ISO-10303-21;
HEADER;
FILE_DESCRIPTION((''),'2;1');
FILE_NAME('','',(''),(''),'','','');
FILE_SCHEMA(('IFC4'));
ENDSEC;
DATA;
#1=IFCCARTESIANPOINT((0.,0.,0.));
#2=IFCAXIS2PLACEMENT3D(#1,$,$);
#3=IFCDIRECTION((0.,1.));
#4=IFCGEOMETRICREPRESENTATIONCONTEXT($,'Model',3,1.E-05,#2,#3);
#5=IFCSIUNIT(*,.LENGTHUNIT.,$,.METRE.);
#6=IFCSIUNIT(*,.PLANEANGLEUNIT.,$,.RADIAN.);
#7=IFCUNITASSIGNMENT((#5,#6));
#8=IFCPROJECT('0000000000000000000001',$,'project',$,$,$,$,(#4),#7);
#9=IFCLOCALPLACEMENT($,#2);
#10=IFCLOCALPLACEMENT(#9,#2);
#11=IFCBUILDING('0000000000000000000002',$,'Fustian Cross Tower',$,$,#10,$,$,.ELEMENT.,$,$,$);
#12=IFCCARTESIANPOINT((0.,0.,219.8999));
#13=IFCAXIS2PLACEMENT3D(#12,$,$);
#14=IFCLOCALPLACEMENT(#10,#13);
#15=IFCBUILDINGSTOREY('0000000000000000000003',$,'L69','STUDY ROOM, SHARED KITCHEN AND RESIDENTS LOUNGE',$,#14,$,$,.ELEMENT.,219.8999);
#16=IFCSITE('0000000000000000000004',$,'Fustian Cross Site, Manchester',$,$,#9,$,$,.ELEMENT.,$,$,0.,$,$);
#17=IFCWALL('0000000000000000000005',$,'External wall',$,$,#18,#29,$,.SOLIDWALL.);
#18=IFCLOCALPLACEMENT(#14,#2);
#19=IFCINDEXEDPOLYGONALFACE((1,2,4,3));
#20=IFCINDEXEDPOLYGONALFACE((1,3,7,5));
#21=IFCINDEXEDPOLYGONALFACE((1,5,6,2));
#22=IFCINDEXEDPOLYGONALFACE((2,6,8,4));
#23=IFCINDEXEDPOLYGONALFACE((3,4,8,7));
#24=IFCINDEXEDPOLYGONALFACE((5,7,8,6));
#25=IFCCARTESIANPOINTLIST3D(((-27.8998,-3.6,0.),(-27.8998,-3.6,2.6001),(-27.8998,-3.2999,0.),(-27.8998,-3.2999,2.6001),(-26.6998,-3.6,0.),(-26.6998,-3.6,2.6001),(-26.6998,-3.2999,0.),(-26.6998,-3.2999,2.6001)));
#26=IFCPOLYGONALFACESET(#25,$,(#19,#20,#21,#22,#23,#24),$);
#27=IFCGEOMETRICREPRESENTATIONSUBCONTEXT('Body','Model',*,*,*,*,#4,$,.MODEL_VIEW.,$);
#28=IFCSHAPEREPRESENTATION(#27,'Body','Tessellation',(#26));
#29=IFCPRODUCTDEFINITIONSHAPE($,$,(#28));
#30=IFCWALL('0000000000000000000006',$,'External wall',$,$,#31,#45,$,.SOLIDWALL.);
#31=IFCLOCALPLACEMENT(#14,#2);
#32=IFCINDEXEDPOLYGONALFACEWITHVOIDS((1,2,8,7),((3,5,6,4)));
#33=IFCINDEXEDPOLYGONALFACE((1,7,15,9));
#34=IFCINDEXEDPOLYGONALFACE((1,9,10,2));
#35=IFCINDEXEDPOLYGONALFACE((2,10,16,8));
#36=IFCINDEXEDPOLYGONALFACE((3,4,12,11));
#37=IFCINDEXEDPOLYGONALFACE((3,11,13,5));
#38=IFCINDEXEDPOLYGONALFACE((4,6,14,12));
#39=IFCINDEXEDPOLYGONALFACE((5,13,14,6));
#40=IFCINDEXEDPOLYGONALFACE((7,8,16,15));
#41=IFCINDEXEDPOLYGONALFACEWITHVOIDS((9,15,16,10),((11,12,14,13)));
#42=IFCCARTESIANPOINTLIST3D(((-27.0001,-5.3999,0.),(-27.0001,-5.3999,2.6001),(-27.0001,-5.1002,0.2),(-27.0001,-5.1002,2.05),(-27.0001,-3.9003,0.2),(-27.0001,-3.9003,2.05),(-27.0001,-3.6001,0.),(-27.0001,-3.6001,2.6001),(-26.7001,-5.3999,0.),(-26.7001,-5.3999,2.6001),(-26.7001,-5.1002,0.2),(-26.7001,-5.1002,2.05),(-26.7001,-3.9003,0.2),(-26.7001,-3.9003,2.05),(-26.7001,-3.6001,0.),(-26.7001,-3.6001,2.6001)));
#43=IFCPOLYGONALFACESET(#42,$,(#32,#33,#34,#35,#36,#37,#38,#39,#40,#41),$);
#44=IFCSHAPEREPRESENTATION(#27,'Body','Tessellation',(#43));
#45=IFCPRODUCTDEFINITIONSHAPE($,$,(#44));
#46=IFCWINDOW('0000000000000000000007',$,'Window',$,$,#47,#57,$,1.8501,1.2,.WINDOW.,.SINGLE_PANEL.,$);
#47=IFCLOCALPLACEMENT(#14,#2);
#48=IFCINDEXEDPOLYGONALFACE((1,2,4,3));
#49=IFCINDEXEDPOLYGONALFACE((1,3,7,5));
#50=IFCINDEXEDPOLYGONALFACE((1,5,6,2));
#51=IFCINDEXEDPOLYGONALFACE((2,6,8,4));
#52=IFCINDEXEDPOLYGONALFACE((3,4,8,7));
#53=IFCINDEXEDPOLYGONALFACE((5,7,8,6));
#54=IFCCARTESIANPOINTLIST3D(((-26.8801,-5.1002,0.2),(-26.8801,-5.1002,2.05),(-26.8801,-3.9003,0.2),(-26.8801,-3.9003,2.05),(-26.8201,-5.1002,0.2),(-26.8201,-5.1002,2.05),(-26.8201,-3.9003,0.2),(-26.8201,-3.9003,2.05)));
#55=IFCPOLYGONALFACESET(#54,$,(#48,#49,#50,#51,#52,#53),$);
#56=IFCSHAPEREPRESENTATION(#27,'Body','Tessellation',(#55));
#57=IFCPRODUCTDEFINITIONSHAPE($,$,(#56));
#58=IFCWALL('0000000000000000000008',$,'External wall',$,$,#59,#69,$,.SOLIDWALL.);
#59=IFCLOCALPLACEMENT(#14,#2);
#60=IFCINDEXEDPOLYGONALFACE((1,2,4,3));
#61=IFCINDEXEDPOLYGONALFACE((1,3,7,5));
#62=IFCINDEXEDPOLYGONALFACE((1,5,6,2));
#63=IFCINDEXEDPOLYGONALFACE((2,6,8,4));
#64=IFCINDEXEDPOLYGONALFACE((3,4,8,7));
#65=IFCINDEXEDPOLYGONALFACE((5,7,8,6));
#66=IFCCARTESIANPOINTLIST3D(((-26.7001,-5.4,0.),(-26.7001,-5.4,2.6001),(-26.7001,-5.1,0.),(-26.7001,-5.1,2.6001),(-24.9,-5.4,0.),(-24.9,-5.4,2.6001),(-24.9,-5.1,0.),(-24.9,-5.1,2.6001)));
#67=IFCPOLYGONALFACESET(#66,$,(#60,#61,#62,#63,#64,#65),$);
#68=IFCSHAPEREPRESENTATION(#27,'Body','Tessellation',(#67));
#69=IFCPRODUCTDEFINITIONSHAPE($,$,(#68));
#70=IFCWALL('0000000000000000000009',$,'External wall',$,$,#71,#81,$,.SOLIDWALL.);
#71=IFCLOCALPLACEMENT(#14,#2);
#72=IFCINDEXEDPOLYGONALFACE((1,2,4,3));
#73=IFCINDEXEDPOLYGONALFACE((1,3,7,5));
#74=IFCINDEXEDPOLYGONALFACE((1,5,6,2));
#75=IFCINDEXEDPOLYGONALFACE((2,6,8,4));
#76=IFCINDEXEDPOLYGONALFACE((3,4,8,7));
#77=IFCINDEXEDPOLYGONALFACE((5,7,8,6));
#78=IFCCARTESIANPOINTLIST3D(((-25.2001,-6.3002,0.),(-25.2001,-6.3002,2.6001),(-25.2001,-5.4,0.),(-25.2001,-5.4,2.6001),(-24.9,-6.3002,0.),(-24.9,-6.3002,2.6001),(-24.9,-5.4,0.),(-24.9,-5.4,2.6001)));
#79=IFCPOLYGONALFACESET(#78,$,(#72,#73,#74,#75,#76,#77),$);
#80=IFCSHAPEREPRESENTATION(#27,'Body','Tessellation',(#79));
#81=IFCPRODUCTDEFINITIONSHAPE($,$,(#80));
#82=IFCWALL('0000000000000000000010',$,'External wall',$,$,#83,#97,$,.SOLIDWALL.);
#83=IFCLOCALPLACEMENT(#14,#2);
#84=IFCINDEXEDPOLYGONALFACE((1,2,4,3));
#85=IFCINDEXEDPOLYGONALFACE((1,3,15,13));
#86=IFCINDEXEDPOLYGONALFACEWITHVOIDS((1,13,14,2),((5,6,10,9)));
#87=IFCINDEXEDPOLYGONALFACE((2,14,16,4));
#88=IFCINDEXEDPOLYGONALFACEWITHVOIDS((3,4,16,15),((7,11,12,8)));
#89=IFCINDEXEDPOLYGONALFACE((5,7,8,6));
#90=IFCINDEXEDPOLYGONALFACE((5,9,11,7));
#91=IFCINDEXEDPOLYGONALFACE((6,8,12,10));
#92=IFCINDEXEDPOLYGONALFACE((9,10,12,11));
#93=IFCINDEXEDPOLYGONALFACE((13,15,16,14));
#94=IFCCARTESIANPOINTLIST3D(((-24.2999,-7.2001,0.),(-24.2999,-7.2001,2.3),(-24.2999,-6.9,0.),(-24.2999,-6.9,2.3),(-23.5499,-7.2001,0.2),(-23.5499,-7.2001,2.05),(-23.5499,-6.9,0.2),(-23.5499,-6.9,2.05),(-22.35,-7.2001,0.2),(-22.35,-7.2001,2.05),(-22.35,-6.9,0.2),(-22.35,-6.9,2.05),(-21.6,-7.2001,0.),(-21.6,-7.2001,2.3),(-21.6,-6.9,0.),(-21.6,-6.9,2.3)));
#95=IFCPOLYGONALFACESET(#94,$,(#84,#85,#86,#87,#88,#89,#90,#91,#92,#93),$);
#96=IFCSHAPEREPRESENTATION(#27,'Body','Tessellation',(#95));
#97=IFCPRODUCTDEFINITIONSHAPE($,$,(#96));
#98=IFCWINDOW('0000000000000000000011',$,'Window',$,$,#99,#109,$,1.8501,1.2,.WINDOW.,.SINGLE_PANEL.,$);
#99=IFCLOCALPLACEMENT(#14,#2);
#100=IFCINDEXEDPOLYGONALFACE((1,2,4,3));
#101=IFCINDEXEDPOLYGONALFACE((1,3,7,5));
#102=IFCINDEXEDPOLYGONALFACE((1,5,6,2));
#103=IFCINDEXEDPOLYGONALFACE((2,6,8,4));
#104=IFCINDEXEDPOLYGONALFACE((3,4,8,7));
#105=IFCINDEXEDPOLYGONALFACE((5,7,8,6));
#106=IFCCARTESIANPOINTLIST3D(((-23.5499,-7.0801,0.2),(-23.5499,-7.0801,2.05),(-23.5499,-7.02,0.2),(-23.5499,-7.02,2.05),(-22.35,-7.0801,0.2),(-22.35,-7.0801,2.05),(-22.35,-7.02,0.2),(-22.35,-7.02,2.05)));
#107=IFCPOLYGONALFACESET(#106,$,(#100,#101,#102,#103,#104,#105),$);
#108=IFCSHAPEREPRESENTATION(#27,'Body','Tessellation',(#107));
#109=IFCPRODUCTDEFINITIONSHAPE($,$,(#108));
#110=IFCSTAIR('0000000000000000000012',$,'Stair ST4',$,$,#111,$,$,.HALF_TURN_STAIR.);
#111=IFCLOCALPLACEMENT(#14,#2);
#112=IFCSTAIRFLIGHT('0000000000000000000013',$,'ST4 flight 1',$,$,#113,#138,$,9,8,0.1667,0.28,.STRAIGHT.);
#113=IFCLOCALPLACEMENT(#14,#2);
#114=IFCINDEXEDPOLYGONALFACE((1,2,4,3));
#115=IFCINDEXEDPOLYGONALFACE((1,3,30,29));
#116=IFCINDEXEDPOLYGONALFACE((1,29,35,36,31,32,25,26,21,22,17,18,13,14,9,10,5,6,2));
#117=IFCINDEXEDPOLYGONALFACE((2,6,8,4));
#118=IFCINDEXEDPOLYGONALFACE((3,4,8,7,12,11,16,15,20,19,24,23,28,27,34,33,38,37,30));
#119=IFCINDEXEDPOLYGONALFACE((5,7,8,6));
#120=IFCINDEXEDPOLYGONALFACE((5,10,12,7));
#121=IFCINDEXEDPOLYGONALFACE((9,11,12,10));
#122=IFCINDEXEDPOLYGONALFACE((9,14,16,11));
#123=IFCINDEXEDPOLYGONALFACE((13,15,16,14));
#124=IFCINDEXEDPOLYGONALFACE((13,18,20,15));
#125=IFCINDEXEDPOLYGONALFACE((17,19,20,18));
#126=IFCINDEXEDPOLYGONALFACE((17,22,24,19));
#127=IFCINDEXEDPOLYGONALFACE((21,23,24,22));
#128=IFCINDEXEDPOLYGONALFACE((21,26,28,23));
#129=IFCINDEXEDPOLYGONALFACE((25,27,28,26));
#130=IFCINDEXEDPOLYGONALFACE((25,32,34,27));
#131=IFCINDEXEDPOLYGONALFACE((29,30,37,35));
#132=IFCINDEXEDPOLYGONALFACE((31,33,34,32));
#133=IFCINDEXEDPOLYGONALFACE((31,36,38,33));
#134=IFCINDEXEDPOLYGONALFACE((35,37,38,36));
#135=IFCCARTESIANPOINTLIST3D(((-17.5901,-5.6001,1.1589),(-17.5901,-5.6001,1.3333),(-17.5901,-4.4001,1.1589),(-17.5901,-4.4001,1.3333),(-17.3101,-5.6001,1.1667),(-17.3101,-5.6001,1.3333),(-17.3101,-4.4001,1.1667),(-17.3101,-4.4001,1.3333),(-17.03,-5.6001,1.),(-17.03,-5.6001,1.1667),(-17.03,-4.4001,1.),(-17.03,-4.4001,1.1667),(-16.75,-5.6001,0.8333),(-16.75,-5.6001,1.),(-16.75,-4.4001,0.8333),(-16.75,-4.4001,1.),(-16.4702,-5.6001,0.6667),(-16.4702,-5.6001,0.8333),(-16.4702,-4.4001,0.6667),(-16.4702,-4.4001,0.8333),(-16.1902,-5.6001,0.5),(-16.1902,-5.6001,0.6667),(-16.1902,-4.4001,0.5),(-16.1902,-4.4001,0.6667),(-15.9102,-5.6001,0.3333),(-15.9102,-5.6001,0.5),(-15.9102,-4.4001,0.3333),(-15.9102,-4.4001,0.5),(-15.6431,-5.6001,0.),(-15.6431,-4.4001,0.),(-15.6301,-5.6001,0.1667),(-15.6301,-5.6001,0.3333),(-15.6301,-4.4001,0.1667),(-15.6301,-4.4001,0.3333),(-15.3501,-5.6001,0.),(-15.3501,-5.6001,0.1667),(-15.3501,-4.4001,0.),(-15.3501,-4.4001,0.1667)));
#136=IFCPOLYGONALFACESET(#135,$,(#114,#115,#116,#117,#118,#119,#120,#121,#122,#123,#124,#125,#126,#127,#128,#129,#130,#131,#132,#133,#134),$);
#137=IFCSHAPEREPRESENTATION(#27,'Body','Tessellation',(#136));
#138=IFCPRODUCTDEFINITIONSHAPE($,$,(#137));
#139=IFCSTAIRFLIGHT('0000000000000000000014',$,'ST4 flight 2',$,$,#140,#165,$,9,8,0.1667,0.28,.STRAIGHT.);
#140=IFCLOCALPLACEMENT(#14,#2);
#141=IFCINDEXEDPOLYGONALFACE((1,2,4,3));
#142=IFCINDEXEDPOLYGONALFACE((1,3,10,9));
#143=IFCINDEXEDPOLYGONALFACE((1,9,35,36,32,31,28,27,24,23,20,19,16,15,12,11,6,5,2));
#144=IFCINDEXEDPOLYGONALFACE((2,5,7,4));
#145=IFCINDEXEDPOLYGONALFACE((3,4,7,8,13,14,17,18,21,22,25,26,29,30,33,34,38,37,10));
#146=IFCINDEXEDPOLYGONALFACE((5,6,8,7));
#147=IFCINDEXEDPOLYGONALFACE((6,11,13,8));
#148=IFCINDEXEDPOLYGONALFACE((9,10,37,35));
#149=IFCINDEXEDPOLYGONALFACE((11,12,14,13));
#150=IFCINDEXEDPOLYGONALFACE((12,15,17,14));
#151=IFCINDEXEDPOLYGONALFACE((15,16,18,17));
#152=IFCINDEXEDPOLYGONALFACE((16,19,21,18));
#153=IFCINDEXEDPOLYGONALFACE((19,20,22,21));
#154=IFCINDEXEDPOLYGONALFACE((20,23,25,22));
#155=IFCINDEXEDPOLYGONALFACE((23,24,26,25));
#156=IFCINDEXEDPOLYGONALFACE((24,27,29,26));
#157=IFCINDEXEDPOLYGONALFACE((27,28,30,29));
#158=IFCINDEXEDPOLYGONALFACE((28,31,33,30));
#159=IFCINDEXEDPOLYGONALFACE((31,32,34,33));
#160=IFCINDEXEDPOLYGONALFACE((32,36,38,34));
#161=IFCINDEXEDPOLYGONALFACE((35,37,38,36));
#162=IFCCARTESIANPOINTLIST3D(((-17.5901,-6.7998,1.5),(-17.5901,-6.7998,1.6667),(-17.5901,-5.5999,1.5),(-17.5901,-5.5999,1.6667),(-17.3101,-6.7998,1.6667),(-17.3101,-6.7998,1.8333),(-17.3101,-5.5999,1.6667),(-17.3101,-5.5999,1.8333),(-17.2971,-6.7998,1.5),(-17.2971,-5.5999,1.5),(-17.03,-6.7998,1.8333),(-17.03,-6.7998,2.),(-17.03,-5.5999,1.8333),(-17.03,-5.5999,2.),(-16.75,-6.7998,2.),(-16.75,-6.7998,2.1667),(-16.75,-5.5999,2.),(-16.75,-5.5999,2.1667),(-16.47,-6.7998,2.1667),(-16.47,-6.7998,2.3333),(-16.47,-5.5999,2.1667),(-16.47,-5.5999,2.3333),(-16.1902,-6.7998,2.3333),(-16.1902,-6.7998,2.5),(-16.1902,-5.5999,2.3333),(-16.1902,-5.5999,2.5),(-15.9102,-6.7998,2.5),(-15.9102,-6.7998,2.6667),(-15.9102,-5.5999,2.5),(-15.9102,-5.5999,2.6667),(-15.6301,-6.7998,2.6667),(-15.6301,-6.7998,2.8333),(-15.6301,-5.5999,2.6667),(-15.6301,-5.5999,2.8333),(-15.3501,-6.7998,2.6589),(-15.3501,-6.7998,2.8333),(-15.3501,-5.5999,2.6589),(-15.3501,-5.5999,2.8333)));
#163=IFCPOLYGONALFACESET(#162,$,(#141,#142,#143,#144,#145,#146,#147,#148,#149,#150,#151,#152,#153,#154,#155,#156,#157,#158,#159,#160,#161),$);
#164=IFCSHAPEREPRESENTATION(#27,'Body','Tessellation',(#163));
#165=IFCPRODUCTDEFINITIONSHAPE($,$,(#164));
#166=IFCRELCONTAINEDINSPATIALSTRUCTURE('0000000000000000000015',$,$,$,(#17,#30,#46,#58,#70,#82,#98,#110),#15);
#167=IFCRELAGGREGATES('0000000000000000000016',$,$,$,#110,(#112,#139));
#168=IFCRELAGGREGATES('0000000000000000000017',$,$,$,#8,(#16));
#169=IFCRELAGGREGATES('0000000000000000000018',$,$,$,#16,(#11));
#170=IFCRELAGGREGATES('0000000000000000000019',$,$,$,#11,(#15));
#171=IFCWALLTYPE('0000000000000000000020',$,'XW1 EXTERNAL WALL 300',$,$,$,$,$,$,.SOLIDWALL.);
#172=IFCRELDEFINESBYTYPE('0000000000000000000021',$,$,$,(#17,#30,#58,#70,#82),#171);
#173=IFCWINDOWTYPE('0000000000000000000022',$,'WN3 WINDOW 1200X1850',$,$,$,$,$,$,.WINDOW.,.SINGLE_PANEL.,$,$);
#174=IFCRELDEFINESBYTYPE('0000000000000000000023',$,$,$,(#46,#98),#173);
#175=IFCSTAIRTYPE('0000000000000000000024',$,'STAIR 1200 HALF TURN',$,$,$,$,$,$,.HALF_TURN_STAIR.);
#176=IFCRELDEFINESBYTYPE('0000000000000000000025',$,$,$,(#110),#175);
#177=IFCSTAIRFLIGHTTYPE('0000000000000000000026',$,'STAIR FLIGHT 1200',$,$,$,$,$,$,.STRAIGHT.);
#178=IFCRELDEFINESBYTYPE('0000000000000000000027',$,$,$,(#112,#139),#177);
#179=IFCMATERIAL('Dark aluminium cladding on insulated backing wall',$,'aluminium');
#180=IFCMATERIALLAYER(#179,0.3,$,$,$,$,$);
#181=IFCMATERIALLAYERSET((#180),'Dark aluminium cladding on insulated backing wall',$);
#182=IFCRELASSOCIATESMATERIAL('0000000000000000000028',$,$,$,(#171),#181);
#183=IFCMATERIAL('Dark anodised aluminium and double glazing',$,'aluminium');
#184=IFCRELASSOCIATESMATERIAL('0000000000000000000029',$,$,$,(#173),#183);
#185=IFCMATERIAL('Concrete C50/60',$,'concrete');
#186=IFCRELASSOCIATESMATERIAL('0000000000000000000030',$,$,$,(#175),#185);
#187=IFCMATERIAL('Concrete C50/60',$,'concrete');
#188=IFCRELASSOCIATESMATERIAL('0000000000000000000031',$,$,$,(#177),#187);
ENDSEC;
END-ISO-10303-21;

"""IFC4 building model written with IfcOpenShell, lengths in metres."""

from ifc_helpers import new_model, si_unit, direction, frame, frame_2d, origin, place, context, subcontext, project, spatial, polyline, rectangle, outline, extrude, material, layer, layer_set, type_object, element, fill, aggregate, save


model = new_model("IFC4")

# Units and contexts
model_context = context("Model", 3, precision=1e-05, world=origin(), true_north=direction((0.0, 1.0)))
body_context = subcontext(model_context, "Body", "Model", "MODEL_VIEW")
ifc_project = project(units=[si_unit("LENGTHUNIT", "METRE"), si_unit("PLANEANGLEUNIT", "RADIAN")], contexts=[model_context])

# Site, building, storey
site_placement = place(None, origin())
site = spatial("IfcSite", under=ifc_project, at=site_placement, Name="Fustian Cross Site, Manchester", CompositionType="ELEMENT", RefElevation=0.0)
building_placement = place(site_placement, origin())
building = spatial("IfcBuilding", under=site, at=building_placement, Name="Fustian Cross Tower", CompositionType="ELEMENT")
storey_placement = place(building_placement, frame((0.0, 0.0, 219.8999)))
storey = spatial("IfcBuildingStorey", under=building, at=storey_placement, Name="L69", Description="STUDY ROOM, SHARED KITCHEN AND RESIDENTS LOUNGE", CompositionType="ELEMENT", Elevation=219.8999)

# Wall
ifc_material_1 = material(Name="Dark aluminium cladding on insulated backing wall", Category="aluminium")
ifc_layer_1 = layer(ifc_material_1, 0.3)
ifc_layer_set_1 = layer_set([ifc_layer_1], Name="Dark aluminium cladding on insulated backing wall")
wall_type_1 = type_object("IfcWallType", Name="XW1 EXTERNAL WALL 300", PredefinedType="SOLIDWALL", material=ifc_layer_set_1)
wall_1_placement = place(storey_placement, frame((-27.8999, -3.45, 0.0), z_axis=(0.0, 0.0, 1.0), x_axis=(1.0, 0.0, 0.0)))
element("IfcWall", 1, at=wall_1_placement, inside=storey, type_object=wall_type_1, Name="External wall", PredefinedType="SOLIDWALL", context=body_context, shape_type="SweptSolid", body=[
    extrude(rectangle(XDim=1.2, YDim=0.3, at=frame_2d((0.6001, 0.0))), origin(), (0.0, 0.0, 1.0), 2.6001),
])

# Wall, opening, window
wall_2_placement = place(storey_placement, frame((-26.8501, -3.6001, 0.0), z_axis=(0.0, 0.0, 1.0), x_axis=(0.0, -1.0, 0.0)))
wall_2 = element("IfcWall", 2, at=wall_2_placement, inside=storey, type_object=wall_type_1, Name="External wall", PredefinedType="SOLIDWALL", context=body_context, shape_type="SweptSolid", body=[
    extrude(rectangle(XDim=1.7998, YDim=0.3, at=frame_2d((0.8999, 0.0))), origin(), (0.0, 0.0, 1.0), 2.6001),
])
opening_1_placement = place(wall_2_placement, frame((0.3, 0.0, 0.2)))
opening_1 = element("IfcOpeningElement", 3, at=opening_1_placement, cuts=wall_2, PredefinedType="OPENING", context=body_context, shape_type="SweptSolid", body=[
    extrude(rectangle(XDim=1.2, YDim=1.8501, at=frame_2d((0.6001, 0.925))), frame((0.0, 0.1599, 0.0), z_axis=(0.0, -1.0, 0.0), x_axis=(1.0, 0.0, 0.0)), (0.0, 0.0, 1.0), 0.3201),
])
ifc_material_2 = material(Name="Dark anodised aluminium and double glazing", Category="aluminium")
window_type = type_object("IfcWindowType", Name="WN3 WINDOW 1200X1850", PartitioningType="SINGLE_PANEL", PredefinedType="WINDOW", material=ifc_material_2)
window_1_placement = place(opening_1_placement, origin())
window_1 = element("IfcWindow", 4, at=window_1_placement, inside=storey, type_object=window_type, Name="Window", OverallHeight=1.8501, OverallWidth=1.2, PartitioningType="SINGLE_PANEL", PredefinedType="WINDOW", context=body_context, shape_type="SweptSolid", body=[
    extrude(rectangle(XDim=1.2, YDim=1.8501, at=frame_2d((0.6001, 0.925))), frame((0.0, 0.03, 0.0), z_axis=(0.0, -1.0, 0.0), x_axis=(1.0, 0.0, 0.0)), (0.0, 0.0, 1.0), 0.0601),
])
fill(opening_1, window_1)

# Walls
wall_3_placement = place(storey_placement, frame((-26.7, -5.25, 0.0), z_axis=(0.0, 0.0, 1.0), x_axis=(1.0, 0.0, 0.0)))
element("IfcWall", 5, at=wall_3_placement, inside=storey, type_object=wall_type_1, Name="External wall", PredefinedType="SOLIDWALL", context=body_context, shape_type="SweptSolid", body=[
    extrude(rectangle(XDim=1.8, YDim=0.3, at=frame_2d((0.8999, 0.0))), origin(), (0.0, 0.0, 1.0), 2.6001),
])
wall_4_placement = place(storey_placement, frame((-25.05, -5.3999, 0.0), z_axis=(0.0, 0.0, 1.0), x_axis=(0.0, -1.0, 0.0)))
element("IfcWall", 6, at=wall_4_placement, inside=storey, type_object=wall_type_1, Name="External wall", PredefinedType="SOLIDWALL", context=body_context, shape_type="SweptSolid", body=[
    extrude(rectangle(XDim=0.9001, YDim=0.3, at=frame_2d((0.4502, 0.0))), origin(), (0.0, 0.0, 1.0), 2.6001),
])

# Wall, opening, window
wall_5_placement = place(storey_placement, frame((-24.3, -7.05, 0.0), z_axis=(0.0, 0.0, 1.0), x_axis=(1.0, 0.0, 0.0)))
wall_5 = element("IfcWall", 7, at=wall_5_placement, inside=storey, type_object=wall_type_1, Name="External wall", PredefinedType="SOLIDWALL", context=body_context, shape_type="SweptSolid", body=[
    extrude(rectangle(XDim=2.7, YDim=0.3, at=frame_2d((1.3501, 0.0))), origin(), (0.0, 0.0, 1.0), 2.3),
])
opening_2_placement = place(wall_5_placement, frame((0.75, 0.0, 0.2)))
opening_2 = element("IfcOpeningElement", 8, at=opening_2_placement, cuts=wall_5, PredefinedType="OPENING", context=body_context, shape_type="SweptSolid", body=[
    extrude(rectangle(XDim=1.2, YDim=1.8501, at=frame_2d((0.6001, 0.925))), frame((0.0, 0.1599, 0.0), z_axis=(0.0, -1.0, 0.0), x_axis=(1.0, 0.0, 0.0)), (0.0, 0.0, 1.0), 0.3201),
])
window_2_placement = place(opening_2_placement, origin())
window_2 = element("IfcWindow", 9, at=window_2_placement, inside=storey, type_object=window_type, Name="Window", OverallHeight=1.8501, OverallWidth=1.2, PartitioningType="SINGLE_PANEL", PredefinedType="WINDOW", context=body_context, shape_type="SweptSolid", body=[
    extrude(rectangle(XDim=1.2, YDim=1.8501, at=frame_2d((0.6001, 0.925))), frame((0.0, 0.03, 0.0), z_axis=(0.0, -1.0, 0.0), x_axis=(1.0, 0.0, 0.0)), (0.0, 0.0, 1.0), 0.0601),
])
fill(opening_2, window_2)

# Stair, stair flights
ifc_material_3 = material(Name="Concrete C50/60", Category="concrete")
stair_type = type_object("IfcStairType", Name="STAIR 1200 HALF TURN", PredefinedType="HALF_TURN_STAIR", material=ifc_material_3)
stair_placement = place(storey_placement, origin())
stair = element("IfcStair", 10, at=stair_placement, inside=storey, type_object=stair_type, Name="Stair ST4", PredefinedType="HALF_TURN_STAIR")
ifc_material_4 = material(Name="Concrete C50/60", Category="concrete")
stair_flight_type = type_object("IfcStairFlightType", Name="STAIR FLIGHT 1200", PredefinedType="STRAIGHT", material=ifc_material_4)
stair_flight_1_placement = place(storey_placement, frame((-15.3501, -5.0, 0.0), z_axis=(0.0, 0.0, 1.0), x_axis=(-1.0, 0.0, 0.0)))
stair_flight_1 = element("IfcStairFlight", 11, at=stair_flight_1_placement, type_object=stair_flight_type, Name="ST4 flight 1", NumberOfRisers=9, NumberOfTreads=8, PredefinedType="STRAIGHT", RiserHeight=0.1667, TreadLength=0.28, context=body_context, shape_type="SweptSolid", body=[
    extrude(outline(polyline([(0.0, 0.0), (0.0, 0.1667), (0.28, 0.1667), (0.28, 0.3333), (0.5601, 0.3333), (0.5601, 0.5), (0.8401, 0.5), (0.8401, 0.6667), (1.1201, 0.6667), (1.1201, 0.8333), (1.3999, 0.8333), (1.3999, 1.0), (1.6799, 1.0), (1.6799, 1.1667), (1.96, 1.1667), (1.96, 1.3333), (2.24, 1.3333), (2.24, 1.5), (2.24, 1.1589), (0.293, 0.0), (0.0, 0.0)])), frame((0.0, 0.6001, 0.0), z_axis=(0.0, -1.0, 0.0), x_axis=(1.0, 0.0, 0.0)), (0.0, 0.0, 1.0), 1.2),
])
stair_flight_2_placement = place(storey_placement, frame((-17.5901, -6.2, 1.5), z_axis=(0.0, 0.0, 1.0), x_axis=(1.0, 0.0, 0.0)))
stair_flight_2 = element("IfcStairFlight", 12, at=stair_flight_2_placement, type_object=stair_flight_type, Name="ST4 flight 2", NumberOfRisers=9, NumberOfTreads=8, PredefinedType="STRAIGHT", RiserHeight=0.1667, TreadLength=0.28, context=body_context, shape_type="SweptSolid", body=[
    extrude(outline(polyline([(0.0, 0.0), (0.0, 0.1667), (0.28, 0.1667), (0.28, 0.3333), (0.5601, 0.3333), (0.5601, 0.5), (0.8401, 0.5), (0.8401, 0.6667), (1.1201, 0.6667), (1.1201, 0.8333), (1.3999, 0.8333), (1.3999, 1.0), (1.6799, 1.0), (1.6799, 1.1667), (1.96, 1.1667), (1.96, 1.3333), (2.24, 1.3333), (2.24, 1.5), (2.24, 1.1589), (0.293, 0.0), (0.0, 0.0)])), frame((0.0, 0.6001, 0.0), z_axis=(0.0, -1.0, 0.0), x_axis=(1.0, 0.0, 0.0)), (0.0, 0.0, 1.0), 1.2),
])
aggregate(stair, [stair_flight_1, stair_flight_2])

save(model, "model.ifc")
